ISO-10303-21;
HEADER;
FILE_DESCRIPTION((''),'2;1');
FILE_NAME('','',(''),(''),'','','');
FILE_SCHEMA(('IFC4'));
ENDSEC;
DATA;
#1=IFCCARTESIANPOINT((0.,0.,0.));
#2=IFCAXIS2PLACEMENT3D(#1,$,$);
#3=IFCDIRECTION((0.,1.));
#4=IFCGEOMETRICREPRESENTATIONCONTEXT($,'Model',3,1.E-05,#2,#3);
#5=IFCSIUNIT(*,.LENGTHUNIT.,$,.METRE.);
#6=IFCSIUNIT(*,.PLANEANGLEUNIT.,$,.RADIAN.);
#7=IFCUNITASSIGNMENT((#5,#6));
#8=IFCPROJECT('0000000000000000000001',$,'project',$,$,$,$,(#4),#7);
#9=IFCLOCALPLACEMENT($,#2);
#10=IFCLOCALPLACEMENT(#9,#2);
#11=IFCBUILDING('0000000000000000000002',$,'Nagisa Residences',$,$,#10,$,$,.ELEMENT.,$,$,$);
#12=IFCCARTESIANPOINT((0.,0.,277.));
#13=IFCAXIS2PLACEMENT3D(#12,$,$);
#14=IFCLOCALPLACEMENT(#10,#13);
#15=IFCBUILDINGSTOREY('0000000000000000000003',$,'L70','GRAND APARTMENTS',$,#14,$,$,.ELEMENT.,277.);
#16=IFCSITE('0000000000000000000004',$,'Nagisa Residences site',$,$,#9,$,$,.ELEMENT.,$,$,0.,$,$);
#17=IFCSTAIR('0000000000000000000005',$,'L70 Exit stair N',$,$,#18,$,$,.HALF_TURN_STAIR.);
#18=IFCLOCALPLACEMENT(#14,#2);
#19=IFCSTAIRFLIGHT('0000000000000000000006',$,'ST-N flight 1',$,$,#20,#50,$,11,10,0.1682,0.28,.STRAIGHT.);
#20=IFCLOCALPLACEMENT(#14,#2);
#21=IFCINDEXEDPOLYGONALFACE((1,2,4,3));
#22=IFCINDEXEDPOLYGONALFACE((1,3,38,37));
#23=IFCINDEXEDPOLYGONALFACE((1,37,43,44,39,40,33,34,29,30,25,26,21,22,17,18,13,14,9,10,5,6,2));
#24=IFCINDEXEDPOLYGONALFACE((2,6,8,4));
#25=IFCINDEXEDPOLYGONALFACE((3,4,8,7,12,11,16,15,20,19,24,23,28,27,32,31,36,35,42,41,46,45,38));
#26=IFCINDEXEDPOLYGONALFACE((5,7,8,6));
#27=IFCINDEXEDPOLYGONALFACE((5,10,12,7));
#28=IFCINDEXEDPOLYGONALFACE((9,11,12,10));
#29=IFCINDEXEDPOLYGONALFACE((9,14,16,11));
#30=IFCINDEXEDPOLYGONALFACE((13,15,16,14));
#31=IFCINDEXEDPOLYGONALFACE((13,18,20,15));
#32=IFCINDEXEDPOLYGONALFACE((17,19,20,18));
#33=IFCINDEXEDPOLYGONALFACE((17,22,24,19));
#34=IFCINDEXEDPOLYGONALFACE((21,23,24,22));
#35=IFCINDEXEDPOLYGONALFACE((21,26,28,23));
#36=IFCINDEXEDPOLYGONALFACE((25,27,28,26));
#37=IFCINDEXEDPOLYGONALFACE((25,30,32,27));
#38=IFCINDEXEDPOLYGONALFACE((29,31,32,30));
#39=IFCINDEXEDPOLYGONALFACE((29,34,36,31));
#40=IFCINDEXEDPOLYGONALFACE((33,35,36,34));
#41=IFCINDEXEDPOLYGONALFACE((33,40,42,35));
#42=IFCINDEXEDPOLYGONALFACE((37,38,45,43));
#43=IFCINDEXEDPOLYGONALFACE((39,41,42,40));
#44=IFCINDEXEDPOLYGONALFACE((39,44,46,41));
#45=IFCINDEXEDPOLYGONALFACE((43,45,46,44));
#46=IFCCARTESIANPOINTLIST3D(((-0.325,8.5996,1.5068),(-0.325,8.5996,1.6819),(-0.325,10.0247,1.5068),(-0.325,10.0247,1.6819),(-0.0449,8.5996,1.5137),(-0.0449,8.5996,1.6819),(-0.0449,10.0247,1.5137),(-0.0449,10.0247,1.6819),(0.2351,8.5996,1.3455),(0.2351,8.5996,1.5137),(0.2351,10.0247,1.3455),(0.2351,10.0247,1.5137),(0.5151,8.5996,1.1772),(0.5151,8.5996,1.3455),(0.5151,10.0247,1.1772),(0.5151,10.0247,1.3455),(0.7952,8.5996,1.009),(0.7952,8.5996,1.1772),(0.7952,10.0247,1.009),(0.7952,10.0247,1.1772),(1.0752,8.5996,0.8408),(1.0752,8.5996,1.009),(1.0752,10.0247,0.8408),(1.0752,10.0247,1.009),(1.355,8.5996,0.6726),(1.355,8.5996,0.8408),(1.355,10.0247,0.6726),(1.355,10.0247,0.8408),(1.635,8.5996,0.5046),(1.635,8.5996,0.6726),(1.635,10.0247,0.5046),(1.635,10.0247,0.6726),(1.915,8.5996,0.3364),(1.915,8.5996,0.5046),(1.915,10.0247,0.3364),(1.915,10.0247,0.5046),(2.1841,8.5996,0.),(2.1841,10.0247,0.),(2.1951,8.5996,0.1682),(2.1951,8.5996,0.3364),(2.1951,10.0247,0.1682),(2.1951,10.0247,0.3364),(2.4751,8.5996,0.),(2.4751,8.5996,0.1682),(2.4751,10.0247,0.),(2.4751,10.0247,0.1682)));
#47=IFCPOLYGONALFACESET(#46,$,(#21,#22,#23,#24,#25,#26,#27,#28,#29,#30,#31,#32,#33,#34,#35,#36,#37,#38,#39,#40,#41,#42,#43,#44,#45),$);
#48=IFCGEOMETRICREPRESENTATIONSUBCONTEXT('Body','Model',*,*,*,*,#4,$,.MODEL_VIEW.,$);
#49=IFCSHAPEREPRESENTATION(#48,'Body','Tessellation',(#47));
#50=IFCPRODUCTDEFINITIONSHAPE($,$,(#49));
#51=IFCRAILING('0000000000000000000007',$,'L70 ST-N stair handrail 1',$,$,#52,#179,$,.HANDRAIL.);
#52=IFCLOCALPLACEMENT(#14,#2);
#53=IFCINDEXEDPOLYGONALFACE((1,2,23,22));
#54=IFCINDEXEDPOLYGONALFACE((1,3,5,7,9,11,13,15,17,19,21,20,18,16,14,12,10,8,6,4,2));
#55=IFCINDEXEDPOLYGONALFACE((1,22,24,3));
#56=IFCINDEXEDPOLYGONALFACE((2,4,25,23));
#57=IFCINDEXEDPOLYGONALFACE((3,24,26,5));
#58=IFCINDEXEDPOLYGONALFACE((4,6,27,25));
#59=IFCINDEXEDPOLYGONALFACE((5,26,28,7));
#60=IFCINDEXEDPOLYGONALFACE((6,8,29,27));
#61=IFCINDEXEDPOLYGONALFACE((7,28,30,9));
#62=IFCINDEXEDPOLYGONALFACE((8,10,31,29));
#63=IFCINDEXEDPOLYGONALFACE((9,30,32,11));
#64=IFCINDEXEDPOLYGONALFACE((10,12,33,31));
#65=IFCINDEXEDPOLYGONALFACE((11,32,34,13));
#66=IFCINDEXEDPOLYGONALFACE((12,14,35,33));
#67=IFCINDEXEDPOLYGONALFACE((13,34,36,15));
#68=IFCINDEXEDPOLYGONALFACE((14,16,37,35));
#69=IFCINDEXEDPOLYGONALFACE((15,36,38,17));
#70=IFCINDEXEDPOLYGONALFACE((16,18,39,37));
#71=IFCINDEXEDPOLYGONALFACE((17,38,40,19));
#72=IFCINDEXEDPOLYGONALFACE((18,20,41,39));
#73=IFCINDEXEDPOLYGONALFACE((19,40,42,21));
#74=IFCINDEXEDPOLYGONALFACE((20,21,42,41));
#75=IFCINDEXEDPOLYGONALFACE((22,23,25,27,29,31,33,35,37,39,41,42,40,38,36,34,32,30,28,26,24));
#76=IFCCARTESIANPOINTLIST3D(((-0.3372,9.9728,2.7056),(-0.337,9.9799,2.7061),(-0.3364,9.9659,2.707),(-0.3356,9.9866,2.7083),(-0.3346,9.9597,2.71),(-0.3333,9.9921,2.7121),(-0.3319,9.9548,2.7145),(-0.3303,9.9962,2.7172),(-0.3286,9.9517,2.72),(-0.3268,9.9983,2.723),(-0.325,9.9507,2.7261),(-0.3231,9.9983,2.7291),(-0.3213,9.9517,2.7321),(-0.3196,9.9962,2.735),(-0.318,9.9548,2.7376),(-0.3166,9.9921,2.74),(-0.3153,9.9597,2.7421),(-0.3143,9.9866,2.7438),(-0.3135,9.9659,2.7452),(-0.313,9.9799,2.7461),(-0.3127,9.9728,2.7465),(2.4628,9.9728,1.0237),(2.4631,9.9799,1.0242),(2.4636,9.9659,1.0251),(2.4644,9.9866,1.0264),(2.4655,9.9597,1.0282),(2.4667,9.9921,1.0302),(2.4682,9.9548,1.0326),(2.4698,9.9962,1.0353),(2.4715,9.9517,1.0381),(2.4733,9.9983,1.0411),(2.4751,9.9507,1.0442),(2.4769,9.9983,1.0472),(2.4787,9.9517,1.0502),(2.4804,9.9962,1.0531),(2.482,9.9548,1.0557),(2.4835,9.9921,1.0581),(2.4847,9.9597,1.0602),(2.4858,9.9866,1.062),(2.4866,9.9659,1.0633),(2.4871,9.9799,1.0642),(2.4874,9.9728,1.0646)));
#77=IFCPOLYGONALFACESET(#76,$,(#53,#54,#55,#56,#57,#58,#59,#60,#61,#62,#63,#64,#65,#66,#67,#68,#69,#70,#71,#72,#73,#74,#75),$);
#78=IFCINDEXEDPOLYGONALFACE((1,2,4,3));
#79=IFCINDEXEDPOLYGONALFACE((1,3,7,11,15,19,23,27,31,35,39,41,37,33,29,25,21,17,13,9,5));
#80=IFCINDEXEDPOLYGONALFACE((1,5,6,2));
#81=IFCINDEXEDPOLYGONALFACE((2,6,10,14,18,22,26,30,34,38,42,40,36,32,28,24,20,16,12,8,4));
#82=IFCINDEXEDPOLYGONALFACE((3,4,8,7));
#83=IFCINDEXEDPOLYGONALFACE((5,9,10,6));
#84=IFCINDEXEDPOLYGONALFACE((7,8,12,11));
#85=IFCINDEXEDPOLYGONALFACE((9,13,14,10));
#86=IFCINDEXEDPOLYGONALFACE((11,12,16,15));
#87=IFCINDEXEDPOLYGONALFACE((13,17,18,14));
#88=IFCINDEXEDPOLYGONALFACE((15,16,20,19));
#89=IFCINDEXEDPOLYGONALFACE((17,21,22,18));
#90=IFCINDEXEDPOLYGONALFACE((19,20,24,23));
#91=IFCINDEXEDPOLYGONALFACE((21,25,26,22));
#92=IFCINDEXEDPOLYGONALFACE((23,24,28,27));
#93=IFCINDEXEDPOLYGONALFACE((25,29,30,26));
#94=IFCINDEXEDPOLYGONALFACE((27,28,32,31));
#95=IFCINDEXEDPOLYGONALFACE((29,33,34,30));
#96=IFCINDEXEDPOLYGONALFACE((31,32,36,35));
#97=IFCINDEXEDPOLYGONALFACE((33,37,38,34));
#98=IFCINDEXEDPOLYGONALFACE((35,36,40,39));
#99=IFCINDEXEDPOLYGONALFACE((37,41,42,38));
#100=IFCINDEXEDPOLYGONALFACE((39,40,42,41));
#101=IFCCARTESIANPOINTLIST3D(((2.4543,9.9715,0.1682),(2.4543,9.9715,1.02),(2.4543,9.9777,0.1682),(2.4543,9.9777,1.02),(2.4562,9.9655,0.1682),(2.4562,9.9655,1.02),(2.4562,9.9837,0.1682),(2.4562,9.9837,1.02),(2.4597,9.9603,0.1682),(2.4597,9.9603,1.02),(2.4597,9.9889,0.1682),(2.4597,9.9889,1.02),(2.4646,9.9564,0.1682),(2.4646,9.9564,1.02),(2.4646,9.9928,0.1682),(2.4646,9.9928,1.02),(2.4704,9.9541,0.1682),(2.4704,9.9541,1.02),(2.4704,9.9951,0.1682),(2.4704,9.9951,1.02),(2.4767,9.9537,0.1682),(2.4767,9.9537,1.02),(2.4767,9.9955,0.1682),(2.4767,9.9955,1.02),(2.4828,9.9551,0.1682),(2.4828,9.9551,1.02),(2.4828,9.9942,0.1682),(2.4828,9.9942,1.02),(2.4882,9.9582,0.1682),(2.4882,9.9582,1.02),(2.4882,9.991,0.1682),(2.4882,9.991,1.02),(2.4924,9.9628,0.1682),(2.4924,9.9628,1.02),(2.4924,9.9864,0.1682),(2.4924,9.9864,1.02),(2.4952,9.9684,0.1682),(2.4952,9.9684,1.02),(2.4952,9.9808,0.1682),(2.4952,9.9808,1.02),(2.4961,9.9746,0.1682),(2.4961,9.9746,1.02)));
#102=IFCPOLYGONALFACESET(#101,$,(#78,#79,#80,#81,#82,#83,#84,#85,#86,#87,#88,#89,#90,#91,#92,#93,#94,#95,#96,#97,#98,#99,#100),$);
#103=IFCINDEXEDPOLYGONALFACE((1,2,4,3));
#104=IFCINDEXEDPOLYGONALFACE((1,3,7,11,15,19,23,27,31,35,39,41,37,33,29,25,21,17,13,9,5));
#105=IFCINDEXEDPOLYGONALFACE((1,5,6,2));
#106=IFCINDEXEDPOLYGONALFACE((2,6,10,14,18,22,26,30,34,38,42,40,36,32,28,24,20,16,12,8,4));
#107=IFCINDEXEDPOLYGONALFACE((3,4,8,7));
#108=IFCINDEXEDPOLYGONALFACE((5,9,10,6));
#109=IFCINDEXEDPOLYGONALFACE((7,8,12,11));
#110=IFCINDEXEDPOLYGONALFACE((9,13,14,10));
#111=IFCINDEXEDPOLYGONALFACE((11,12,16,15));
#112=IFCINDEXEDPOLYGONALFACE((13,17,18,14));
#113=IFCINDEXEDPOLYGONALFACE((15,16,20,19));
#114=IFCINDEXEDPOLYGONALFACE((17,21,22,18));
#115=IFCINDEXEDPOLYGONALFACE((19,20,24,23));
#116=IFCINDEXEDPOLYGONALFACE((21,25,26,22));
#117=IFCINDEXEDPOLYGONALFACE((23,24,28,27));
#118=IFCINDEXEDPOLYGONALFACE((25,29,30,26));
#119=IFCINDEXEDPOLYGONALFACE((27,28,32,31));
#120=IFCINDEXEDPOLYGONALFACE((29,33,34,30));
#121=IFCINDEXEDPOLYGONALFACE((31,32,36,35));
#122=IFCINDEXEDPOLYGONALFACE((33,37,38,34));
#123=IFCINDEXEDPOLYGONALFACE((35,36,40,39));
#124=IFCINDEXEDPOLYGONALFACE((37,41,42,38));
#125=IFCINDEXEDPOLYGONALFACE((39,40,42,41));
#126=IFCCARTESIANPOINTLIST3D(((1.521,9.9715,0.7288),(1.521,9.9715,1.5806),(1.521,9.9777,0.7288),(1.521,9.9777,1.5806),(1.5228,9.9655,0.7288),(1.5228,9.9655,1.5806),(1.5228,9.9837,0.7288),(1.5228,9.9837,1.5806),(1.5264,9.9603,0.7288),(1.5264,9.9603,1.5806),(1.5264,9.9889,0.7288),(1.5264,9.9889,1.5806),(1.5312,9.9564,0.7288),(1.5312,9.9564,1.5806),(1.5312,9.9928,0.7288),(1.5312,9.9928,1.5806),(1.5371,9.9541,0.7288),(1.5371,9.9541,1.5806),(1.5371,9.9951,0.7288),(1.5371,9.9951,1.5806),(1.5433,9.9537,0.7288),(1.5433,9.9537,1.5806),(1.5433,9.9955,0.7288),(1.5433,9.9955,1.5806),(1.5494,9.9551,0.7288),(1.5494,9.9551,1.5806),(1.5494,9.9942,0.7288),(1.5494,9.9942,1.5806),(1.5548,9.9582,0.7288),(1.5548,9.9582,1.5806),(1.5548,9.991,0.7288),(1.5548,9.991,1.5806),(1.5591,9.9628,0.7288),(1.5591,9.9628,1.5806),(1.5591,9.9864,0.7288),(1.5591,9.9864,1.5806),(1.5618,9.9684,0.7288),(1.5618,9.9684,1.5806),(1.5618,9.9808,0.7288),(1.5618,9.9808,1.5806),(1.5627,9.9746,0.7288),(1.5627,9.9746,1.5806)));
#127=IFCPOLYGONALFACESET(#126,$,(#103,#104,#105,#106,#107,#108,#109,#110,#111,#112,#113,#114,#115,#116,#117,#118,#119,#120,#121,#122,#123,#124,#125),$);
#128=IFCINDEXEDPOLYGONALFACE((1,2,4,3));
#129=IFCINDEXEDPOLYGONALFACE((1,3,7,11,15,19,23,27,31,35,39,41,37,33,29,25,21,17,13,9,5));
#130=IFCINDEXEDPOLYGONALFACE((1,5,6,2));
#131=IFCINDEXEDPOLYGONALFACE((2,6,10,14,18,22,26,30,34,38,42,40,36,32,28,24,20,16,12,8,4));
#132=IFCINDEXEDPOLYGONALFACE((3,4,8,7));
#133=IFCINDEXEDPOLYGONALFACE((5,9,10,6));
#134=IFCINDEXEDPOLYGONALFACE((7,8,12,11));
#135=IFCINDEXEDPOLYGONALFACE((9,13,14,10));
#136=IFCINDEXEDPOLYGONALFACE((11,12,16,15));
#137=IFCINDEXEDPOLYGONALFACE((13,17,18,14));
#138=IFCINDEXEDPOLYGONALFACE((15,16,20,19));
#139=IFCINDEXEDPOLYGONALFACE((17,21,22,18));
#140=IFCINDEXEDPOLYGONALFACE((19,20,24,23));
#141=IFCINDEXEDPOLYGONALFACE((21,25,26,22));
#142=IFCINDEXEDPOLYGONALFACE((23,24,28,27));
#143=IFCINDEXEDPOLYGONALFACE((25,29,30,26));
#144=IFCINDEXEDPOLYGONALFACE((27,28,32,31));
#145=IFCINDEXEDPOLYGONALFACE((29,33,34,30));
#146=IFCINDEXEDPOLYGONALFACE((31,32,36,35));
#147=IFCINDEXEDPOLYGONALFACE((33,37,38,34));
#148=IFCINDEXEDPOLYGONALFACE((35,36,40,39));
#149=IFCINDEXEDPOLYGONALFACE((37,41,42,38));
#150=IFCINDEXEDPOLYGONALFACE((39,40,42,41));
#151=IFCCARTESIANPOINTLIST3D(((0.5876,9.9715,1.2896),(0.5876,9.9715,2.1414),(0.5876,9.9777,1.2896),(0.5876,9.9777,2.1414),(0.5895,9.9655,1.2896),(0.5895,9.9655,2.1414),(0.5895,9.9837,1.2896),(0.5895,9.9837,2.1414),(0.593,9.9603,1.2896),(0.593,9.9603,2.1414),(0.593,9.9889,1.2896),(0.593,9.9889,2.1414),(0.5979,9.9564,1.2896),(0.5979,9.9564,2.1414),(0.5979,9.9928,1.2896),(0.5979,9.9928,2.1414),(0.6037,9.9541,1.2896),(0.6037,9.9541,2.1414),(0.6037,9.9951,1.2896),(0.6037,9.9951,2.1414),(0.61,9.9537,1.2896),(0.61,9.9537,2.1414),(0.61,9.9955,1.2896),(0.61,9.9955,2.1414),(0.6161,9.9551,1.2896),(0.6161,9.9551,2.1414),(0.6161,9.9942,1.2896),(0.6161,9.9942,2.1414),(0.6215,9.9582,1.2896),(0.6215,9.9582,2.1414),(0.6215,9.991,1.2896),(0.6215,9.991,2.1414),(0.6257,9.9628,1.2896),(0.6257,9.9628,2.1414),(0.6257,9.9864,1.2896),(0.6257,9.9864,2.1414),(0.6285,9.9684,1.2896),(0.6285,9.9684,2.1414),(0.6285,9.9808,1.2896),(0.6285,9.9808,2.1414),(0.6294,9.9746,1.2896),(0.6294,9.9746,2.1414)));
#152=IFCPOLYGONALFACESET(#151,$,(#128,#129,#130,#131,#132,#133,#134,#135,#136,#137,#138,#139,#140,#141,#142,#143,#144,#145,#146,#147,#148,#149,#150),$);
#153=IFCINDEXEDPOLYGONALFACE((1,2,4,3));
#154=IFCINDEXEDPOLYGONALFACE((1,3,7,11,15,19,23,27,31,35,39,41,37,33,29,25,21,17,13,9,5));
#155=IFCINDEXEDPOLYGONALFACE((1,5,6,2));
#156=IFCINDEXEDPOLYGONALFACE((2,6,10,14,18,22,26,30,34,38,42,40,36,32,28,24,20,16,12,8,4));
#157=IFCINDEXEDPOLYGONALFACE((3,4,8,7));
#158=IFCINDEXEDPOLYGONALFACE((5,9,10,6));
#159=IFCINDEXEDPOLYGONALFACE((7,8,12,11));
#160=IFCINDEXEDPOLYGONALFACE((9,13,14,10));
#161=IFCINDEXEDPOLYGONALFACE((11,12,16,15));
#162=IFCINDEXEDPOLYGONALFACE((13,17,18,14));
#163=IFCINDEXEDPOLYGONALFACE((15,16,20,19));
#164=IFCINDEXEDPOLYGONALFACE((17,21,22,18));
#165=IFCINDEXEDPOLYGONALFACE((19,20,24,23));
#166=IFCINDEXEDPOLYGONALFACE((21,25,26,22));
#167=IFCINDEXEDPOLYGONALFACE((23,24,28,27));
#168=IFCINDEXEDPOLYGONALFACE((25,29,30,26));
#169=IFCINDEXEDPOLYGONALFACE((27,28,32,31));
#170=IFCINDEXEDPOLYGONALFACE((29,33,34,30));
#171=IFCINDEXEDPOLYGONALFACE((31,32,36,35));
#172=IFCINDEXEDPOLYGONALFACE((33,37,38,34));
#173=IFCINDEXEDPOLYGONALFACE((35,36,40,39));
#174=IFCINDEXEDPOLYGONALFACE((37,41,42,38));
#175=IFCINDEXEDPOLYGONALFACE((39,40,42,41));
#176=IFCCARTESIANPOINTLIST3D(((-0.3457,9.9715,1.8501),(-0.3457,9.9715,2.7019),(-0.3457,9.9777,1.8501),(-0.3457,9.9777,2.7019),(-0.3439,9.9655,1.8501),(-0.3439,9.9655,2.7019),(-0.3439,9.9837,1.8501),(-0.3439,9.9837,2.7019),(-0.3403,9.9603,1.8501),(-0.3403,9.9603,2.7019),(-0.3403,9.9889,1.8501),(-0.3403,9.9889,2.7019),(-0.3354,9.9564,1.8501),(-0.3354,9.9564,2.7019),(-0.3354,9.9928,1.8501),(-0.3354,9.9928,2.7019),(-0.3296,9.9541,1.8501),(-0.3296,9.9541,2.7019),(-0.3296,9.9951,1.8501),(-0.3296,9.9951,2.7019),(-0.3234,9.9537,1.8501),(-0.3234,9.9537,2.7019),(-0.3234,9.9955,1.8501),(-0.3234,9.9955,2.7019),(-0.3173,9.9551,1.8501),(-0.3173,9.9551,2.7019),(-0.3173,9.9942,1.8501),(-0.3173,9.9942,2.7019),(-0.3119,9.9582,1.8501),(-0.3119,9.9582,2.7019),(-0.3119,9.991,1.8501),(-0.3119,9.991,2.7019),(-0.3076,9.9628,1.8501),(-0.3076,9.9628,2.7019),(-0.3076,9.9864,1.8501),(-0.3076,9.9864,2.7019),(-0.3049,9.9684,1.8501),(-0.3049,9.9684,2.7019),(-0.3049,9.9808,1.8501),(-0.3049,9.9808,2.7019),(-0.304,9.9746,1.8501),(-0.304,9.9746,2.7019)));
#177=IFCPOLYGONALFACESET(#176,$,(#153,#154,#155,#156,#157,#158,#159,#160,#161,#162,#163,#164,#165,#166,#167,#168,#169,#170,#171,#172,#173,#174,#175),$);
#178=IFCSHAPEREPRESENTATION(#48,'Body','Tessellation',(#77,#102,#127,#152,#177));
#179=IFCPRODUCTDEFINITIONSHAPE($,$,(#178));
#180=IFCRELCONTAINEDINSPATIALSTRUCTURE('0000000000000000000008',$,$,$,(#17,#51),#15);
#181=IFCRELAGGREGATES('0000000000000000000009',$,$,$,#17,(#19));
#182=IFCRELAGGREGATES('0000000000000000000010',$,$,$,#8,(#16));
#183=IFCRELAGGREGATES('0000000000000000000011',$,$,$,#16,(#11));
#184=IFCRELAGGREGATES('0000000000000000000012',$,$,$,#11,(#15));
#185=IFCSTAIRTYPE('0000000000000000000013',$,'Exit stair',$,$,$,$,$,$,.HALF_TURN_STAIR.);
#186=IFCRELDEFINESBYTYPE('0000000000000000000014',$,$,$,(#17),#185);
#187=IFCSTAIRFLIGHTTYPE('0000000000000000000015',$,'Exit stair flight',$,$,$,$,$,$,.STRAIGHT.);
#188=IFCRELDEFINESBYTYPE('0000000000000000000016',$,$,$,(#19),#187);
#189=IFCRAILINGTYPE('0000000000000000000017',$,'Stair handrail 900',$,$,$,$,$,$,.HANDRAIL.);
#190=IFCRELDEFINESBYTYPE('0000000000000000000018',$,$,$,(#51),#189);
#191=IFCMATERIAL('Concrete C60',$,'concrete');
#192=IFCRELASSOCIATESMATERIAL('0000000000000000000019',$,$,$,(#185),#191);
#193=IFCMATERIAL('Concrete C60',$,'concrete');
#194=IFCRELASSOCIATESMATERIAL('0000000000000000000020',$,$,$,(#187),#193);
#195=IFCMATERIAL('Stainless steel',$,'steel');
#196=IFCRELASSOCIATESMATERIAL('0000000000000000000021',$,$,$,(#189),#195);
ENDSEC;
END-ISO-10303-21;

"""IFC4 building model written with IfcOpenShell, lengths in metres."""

from ifc_helpers import new_model, si_unit, direction, frame, origin, origin_2d, place, context, subcontext, project, spatial, polyline, circle, outline, extrude, material, type_object, element, aggregate, save


model = new_model("IFC4")

# Units and contexts
model_context = context("Model", 3, precision=1e-05, world=origin(), true_north=direction((0.0, 1.0)))
body_context = subcontext(model_context, "Body", "Model", "MODEL_VIEW")
ifc_project = project(units=[si_unit("LENGTHUNIT", "METRE"), si_unit("PLANEANGLEUNIT", "RADIAN")], contexts=[model_context])

# Site, building, storey
site_placement = place(None, origin())
site = spatial("IfcSite", under=ifc_project, at=site_placement, Name="Nagisa Residences site", CompositionType="ELEMENT", RefElevation=0.0)
building_placement = place(site_placement, origin())
building = spatial("IfcBuilding", under=site, at=building_placement, Name="Nagisa Residences", CompositionType="ELEMENT")
storey_placement = place(building_placement, frame((0.0, 0.0, 277.0)))
storey = spatial("IfcBuildingStorey", under=building, at=storey_placement, Name="L70", Description="GRAND APARTMENTS", CompositionType="ELEMENT", Elevation=277.0)

# Stair, stair flight
ifc_material_1 = material(Name="Concrete C60", Category="concrete")
stair_type = type_object("IfcStairType", Name="Exit stair", PredefinedType="HALF_TURN_STAIR", material=ifc_material_1)
stair_placement = place(storey_placement, origin())
stair = element("IfcStair", 1, at=stair_placement, inside=storey, type_object=stair_type, Name="L70 Exit stair N", PredefinedType="HALF_TURN_STAIR")
ifc_material_2 = material(Name="Concrete C60", Category="concrete")
stair_flight_type = type_object("IfcStairFlightType", Name="Exit stair flight", PredefinedType="STRAIGHT", material=ifc_material_2)
stair_flight_placement = place(storey_placement, frame((2.4751, 9.312, 0.0), z_axis=(0.0, 0.0, 1.0), x_axis=(-1.0, 0.0, 0.0)))
stair_flight = element("IfcStairFlight", 2, at=stair_flight_placement, type_object=stair_flight_type, Name="ST-N flight 1", NumberOfRisers=11, NumberOfTreads=10, PredefinedType="STRAIGHT", RiserHeight=0.1682, TreadLength=0.28, context=body_context, shape_type="SweptSolid", body=[
    extrude(outline(polyline([(0.0, 0.0), (0.0, 0.1682), (0.28, 0.1682), (0.28, 0.3364), (0.5601, 0.3364), (0.5601, 0.5046), (0.8401, 0.5046), (0.8401, 0.6726), (1.1201, 0.6726), (1.1201, 0.8408), (1.3999, 0.8408), (1.3999, 1.009), (1.6799, 1.009), (1.6799, 1.1772), (1.96, 1.1772), (1.96, 1.3455), (2.24, 1.3455), (2.24, 1.5137), (2.52, 1.5137), (2.52, 1.6819), (2.8, 1.6819), (2.8, 1.8501), (2.8, 1.5068), (0.291, 0.0), (0.0, 0.0)])), frame((0.0, 0.7124, 0.0), z_axis=(0.0, -1.0, 0.0), x_axis=(1.0, 0.0, 0.0)), (0.0, 0.0, 1.0), 1.425),
])
aggregate(stair, [stair_flight])

# Railing
ifc_material_3 = material(Name="Stainless steel", Category="steel")
railing_type_1 = type_object("IfcRailingType", Name="Stair handrail 900", PredefinedType="HANDRAIL", material=ifc_material_3)
railing_1_placement = place(storey_placement, frame((2.4751, 9.9746, 0.1682)))
element("IfcRailing", 3, at=railing_1_placement, inside=storey, type_object=railing_type_1, Name="L70 ST-N stair handrail 1", PredefinedType="HANDRAIL", context=body_context, shape_type="SweptSolid", body=[
    extrude(circle(Radius=0.0239, at=origin_2d()), frame((0.0, 0.0, 0.876), z_axis=(-0.857242, 0.0, 0.514913), x_axis=(0.0, -1.0, 0.0)), (0.0, 0.0, 1.0), 3.2664),
    extrude(circle(Radius=0.021, at=origin_2d()), origin(), (0.0, 0.0, 1.0), 0.8518),
    extrude(circle(Radius=0.021, at=origin_2d()), frame((-0.9333, 0.0, 0.5605)), (0.0, 0.0, 1.0), 0.8518),
    extrude(circle(Radius=0.021, at=origin_2d()), frame((-1.8667, 0.0, 1.1213)), (0.0, 0.0, 1.0), 0.8518),
    extrude(circle(Radius=0.021, at=origin_2d()), frame((-2.8, 0.0, 1.6819)), (0.0, 0.0, 1.0), 0.8518),
])

save(model, "model.ifc")
